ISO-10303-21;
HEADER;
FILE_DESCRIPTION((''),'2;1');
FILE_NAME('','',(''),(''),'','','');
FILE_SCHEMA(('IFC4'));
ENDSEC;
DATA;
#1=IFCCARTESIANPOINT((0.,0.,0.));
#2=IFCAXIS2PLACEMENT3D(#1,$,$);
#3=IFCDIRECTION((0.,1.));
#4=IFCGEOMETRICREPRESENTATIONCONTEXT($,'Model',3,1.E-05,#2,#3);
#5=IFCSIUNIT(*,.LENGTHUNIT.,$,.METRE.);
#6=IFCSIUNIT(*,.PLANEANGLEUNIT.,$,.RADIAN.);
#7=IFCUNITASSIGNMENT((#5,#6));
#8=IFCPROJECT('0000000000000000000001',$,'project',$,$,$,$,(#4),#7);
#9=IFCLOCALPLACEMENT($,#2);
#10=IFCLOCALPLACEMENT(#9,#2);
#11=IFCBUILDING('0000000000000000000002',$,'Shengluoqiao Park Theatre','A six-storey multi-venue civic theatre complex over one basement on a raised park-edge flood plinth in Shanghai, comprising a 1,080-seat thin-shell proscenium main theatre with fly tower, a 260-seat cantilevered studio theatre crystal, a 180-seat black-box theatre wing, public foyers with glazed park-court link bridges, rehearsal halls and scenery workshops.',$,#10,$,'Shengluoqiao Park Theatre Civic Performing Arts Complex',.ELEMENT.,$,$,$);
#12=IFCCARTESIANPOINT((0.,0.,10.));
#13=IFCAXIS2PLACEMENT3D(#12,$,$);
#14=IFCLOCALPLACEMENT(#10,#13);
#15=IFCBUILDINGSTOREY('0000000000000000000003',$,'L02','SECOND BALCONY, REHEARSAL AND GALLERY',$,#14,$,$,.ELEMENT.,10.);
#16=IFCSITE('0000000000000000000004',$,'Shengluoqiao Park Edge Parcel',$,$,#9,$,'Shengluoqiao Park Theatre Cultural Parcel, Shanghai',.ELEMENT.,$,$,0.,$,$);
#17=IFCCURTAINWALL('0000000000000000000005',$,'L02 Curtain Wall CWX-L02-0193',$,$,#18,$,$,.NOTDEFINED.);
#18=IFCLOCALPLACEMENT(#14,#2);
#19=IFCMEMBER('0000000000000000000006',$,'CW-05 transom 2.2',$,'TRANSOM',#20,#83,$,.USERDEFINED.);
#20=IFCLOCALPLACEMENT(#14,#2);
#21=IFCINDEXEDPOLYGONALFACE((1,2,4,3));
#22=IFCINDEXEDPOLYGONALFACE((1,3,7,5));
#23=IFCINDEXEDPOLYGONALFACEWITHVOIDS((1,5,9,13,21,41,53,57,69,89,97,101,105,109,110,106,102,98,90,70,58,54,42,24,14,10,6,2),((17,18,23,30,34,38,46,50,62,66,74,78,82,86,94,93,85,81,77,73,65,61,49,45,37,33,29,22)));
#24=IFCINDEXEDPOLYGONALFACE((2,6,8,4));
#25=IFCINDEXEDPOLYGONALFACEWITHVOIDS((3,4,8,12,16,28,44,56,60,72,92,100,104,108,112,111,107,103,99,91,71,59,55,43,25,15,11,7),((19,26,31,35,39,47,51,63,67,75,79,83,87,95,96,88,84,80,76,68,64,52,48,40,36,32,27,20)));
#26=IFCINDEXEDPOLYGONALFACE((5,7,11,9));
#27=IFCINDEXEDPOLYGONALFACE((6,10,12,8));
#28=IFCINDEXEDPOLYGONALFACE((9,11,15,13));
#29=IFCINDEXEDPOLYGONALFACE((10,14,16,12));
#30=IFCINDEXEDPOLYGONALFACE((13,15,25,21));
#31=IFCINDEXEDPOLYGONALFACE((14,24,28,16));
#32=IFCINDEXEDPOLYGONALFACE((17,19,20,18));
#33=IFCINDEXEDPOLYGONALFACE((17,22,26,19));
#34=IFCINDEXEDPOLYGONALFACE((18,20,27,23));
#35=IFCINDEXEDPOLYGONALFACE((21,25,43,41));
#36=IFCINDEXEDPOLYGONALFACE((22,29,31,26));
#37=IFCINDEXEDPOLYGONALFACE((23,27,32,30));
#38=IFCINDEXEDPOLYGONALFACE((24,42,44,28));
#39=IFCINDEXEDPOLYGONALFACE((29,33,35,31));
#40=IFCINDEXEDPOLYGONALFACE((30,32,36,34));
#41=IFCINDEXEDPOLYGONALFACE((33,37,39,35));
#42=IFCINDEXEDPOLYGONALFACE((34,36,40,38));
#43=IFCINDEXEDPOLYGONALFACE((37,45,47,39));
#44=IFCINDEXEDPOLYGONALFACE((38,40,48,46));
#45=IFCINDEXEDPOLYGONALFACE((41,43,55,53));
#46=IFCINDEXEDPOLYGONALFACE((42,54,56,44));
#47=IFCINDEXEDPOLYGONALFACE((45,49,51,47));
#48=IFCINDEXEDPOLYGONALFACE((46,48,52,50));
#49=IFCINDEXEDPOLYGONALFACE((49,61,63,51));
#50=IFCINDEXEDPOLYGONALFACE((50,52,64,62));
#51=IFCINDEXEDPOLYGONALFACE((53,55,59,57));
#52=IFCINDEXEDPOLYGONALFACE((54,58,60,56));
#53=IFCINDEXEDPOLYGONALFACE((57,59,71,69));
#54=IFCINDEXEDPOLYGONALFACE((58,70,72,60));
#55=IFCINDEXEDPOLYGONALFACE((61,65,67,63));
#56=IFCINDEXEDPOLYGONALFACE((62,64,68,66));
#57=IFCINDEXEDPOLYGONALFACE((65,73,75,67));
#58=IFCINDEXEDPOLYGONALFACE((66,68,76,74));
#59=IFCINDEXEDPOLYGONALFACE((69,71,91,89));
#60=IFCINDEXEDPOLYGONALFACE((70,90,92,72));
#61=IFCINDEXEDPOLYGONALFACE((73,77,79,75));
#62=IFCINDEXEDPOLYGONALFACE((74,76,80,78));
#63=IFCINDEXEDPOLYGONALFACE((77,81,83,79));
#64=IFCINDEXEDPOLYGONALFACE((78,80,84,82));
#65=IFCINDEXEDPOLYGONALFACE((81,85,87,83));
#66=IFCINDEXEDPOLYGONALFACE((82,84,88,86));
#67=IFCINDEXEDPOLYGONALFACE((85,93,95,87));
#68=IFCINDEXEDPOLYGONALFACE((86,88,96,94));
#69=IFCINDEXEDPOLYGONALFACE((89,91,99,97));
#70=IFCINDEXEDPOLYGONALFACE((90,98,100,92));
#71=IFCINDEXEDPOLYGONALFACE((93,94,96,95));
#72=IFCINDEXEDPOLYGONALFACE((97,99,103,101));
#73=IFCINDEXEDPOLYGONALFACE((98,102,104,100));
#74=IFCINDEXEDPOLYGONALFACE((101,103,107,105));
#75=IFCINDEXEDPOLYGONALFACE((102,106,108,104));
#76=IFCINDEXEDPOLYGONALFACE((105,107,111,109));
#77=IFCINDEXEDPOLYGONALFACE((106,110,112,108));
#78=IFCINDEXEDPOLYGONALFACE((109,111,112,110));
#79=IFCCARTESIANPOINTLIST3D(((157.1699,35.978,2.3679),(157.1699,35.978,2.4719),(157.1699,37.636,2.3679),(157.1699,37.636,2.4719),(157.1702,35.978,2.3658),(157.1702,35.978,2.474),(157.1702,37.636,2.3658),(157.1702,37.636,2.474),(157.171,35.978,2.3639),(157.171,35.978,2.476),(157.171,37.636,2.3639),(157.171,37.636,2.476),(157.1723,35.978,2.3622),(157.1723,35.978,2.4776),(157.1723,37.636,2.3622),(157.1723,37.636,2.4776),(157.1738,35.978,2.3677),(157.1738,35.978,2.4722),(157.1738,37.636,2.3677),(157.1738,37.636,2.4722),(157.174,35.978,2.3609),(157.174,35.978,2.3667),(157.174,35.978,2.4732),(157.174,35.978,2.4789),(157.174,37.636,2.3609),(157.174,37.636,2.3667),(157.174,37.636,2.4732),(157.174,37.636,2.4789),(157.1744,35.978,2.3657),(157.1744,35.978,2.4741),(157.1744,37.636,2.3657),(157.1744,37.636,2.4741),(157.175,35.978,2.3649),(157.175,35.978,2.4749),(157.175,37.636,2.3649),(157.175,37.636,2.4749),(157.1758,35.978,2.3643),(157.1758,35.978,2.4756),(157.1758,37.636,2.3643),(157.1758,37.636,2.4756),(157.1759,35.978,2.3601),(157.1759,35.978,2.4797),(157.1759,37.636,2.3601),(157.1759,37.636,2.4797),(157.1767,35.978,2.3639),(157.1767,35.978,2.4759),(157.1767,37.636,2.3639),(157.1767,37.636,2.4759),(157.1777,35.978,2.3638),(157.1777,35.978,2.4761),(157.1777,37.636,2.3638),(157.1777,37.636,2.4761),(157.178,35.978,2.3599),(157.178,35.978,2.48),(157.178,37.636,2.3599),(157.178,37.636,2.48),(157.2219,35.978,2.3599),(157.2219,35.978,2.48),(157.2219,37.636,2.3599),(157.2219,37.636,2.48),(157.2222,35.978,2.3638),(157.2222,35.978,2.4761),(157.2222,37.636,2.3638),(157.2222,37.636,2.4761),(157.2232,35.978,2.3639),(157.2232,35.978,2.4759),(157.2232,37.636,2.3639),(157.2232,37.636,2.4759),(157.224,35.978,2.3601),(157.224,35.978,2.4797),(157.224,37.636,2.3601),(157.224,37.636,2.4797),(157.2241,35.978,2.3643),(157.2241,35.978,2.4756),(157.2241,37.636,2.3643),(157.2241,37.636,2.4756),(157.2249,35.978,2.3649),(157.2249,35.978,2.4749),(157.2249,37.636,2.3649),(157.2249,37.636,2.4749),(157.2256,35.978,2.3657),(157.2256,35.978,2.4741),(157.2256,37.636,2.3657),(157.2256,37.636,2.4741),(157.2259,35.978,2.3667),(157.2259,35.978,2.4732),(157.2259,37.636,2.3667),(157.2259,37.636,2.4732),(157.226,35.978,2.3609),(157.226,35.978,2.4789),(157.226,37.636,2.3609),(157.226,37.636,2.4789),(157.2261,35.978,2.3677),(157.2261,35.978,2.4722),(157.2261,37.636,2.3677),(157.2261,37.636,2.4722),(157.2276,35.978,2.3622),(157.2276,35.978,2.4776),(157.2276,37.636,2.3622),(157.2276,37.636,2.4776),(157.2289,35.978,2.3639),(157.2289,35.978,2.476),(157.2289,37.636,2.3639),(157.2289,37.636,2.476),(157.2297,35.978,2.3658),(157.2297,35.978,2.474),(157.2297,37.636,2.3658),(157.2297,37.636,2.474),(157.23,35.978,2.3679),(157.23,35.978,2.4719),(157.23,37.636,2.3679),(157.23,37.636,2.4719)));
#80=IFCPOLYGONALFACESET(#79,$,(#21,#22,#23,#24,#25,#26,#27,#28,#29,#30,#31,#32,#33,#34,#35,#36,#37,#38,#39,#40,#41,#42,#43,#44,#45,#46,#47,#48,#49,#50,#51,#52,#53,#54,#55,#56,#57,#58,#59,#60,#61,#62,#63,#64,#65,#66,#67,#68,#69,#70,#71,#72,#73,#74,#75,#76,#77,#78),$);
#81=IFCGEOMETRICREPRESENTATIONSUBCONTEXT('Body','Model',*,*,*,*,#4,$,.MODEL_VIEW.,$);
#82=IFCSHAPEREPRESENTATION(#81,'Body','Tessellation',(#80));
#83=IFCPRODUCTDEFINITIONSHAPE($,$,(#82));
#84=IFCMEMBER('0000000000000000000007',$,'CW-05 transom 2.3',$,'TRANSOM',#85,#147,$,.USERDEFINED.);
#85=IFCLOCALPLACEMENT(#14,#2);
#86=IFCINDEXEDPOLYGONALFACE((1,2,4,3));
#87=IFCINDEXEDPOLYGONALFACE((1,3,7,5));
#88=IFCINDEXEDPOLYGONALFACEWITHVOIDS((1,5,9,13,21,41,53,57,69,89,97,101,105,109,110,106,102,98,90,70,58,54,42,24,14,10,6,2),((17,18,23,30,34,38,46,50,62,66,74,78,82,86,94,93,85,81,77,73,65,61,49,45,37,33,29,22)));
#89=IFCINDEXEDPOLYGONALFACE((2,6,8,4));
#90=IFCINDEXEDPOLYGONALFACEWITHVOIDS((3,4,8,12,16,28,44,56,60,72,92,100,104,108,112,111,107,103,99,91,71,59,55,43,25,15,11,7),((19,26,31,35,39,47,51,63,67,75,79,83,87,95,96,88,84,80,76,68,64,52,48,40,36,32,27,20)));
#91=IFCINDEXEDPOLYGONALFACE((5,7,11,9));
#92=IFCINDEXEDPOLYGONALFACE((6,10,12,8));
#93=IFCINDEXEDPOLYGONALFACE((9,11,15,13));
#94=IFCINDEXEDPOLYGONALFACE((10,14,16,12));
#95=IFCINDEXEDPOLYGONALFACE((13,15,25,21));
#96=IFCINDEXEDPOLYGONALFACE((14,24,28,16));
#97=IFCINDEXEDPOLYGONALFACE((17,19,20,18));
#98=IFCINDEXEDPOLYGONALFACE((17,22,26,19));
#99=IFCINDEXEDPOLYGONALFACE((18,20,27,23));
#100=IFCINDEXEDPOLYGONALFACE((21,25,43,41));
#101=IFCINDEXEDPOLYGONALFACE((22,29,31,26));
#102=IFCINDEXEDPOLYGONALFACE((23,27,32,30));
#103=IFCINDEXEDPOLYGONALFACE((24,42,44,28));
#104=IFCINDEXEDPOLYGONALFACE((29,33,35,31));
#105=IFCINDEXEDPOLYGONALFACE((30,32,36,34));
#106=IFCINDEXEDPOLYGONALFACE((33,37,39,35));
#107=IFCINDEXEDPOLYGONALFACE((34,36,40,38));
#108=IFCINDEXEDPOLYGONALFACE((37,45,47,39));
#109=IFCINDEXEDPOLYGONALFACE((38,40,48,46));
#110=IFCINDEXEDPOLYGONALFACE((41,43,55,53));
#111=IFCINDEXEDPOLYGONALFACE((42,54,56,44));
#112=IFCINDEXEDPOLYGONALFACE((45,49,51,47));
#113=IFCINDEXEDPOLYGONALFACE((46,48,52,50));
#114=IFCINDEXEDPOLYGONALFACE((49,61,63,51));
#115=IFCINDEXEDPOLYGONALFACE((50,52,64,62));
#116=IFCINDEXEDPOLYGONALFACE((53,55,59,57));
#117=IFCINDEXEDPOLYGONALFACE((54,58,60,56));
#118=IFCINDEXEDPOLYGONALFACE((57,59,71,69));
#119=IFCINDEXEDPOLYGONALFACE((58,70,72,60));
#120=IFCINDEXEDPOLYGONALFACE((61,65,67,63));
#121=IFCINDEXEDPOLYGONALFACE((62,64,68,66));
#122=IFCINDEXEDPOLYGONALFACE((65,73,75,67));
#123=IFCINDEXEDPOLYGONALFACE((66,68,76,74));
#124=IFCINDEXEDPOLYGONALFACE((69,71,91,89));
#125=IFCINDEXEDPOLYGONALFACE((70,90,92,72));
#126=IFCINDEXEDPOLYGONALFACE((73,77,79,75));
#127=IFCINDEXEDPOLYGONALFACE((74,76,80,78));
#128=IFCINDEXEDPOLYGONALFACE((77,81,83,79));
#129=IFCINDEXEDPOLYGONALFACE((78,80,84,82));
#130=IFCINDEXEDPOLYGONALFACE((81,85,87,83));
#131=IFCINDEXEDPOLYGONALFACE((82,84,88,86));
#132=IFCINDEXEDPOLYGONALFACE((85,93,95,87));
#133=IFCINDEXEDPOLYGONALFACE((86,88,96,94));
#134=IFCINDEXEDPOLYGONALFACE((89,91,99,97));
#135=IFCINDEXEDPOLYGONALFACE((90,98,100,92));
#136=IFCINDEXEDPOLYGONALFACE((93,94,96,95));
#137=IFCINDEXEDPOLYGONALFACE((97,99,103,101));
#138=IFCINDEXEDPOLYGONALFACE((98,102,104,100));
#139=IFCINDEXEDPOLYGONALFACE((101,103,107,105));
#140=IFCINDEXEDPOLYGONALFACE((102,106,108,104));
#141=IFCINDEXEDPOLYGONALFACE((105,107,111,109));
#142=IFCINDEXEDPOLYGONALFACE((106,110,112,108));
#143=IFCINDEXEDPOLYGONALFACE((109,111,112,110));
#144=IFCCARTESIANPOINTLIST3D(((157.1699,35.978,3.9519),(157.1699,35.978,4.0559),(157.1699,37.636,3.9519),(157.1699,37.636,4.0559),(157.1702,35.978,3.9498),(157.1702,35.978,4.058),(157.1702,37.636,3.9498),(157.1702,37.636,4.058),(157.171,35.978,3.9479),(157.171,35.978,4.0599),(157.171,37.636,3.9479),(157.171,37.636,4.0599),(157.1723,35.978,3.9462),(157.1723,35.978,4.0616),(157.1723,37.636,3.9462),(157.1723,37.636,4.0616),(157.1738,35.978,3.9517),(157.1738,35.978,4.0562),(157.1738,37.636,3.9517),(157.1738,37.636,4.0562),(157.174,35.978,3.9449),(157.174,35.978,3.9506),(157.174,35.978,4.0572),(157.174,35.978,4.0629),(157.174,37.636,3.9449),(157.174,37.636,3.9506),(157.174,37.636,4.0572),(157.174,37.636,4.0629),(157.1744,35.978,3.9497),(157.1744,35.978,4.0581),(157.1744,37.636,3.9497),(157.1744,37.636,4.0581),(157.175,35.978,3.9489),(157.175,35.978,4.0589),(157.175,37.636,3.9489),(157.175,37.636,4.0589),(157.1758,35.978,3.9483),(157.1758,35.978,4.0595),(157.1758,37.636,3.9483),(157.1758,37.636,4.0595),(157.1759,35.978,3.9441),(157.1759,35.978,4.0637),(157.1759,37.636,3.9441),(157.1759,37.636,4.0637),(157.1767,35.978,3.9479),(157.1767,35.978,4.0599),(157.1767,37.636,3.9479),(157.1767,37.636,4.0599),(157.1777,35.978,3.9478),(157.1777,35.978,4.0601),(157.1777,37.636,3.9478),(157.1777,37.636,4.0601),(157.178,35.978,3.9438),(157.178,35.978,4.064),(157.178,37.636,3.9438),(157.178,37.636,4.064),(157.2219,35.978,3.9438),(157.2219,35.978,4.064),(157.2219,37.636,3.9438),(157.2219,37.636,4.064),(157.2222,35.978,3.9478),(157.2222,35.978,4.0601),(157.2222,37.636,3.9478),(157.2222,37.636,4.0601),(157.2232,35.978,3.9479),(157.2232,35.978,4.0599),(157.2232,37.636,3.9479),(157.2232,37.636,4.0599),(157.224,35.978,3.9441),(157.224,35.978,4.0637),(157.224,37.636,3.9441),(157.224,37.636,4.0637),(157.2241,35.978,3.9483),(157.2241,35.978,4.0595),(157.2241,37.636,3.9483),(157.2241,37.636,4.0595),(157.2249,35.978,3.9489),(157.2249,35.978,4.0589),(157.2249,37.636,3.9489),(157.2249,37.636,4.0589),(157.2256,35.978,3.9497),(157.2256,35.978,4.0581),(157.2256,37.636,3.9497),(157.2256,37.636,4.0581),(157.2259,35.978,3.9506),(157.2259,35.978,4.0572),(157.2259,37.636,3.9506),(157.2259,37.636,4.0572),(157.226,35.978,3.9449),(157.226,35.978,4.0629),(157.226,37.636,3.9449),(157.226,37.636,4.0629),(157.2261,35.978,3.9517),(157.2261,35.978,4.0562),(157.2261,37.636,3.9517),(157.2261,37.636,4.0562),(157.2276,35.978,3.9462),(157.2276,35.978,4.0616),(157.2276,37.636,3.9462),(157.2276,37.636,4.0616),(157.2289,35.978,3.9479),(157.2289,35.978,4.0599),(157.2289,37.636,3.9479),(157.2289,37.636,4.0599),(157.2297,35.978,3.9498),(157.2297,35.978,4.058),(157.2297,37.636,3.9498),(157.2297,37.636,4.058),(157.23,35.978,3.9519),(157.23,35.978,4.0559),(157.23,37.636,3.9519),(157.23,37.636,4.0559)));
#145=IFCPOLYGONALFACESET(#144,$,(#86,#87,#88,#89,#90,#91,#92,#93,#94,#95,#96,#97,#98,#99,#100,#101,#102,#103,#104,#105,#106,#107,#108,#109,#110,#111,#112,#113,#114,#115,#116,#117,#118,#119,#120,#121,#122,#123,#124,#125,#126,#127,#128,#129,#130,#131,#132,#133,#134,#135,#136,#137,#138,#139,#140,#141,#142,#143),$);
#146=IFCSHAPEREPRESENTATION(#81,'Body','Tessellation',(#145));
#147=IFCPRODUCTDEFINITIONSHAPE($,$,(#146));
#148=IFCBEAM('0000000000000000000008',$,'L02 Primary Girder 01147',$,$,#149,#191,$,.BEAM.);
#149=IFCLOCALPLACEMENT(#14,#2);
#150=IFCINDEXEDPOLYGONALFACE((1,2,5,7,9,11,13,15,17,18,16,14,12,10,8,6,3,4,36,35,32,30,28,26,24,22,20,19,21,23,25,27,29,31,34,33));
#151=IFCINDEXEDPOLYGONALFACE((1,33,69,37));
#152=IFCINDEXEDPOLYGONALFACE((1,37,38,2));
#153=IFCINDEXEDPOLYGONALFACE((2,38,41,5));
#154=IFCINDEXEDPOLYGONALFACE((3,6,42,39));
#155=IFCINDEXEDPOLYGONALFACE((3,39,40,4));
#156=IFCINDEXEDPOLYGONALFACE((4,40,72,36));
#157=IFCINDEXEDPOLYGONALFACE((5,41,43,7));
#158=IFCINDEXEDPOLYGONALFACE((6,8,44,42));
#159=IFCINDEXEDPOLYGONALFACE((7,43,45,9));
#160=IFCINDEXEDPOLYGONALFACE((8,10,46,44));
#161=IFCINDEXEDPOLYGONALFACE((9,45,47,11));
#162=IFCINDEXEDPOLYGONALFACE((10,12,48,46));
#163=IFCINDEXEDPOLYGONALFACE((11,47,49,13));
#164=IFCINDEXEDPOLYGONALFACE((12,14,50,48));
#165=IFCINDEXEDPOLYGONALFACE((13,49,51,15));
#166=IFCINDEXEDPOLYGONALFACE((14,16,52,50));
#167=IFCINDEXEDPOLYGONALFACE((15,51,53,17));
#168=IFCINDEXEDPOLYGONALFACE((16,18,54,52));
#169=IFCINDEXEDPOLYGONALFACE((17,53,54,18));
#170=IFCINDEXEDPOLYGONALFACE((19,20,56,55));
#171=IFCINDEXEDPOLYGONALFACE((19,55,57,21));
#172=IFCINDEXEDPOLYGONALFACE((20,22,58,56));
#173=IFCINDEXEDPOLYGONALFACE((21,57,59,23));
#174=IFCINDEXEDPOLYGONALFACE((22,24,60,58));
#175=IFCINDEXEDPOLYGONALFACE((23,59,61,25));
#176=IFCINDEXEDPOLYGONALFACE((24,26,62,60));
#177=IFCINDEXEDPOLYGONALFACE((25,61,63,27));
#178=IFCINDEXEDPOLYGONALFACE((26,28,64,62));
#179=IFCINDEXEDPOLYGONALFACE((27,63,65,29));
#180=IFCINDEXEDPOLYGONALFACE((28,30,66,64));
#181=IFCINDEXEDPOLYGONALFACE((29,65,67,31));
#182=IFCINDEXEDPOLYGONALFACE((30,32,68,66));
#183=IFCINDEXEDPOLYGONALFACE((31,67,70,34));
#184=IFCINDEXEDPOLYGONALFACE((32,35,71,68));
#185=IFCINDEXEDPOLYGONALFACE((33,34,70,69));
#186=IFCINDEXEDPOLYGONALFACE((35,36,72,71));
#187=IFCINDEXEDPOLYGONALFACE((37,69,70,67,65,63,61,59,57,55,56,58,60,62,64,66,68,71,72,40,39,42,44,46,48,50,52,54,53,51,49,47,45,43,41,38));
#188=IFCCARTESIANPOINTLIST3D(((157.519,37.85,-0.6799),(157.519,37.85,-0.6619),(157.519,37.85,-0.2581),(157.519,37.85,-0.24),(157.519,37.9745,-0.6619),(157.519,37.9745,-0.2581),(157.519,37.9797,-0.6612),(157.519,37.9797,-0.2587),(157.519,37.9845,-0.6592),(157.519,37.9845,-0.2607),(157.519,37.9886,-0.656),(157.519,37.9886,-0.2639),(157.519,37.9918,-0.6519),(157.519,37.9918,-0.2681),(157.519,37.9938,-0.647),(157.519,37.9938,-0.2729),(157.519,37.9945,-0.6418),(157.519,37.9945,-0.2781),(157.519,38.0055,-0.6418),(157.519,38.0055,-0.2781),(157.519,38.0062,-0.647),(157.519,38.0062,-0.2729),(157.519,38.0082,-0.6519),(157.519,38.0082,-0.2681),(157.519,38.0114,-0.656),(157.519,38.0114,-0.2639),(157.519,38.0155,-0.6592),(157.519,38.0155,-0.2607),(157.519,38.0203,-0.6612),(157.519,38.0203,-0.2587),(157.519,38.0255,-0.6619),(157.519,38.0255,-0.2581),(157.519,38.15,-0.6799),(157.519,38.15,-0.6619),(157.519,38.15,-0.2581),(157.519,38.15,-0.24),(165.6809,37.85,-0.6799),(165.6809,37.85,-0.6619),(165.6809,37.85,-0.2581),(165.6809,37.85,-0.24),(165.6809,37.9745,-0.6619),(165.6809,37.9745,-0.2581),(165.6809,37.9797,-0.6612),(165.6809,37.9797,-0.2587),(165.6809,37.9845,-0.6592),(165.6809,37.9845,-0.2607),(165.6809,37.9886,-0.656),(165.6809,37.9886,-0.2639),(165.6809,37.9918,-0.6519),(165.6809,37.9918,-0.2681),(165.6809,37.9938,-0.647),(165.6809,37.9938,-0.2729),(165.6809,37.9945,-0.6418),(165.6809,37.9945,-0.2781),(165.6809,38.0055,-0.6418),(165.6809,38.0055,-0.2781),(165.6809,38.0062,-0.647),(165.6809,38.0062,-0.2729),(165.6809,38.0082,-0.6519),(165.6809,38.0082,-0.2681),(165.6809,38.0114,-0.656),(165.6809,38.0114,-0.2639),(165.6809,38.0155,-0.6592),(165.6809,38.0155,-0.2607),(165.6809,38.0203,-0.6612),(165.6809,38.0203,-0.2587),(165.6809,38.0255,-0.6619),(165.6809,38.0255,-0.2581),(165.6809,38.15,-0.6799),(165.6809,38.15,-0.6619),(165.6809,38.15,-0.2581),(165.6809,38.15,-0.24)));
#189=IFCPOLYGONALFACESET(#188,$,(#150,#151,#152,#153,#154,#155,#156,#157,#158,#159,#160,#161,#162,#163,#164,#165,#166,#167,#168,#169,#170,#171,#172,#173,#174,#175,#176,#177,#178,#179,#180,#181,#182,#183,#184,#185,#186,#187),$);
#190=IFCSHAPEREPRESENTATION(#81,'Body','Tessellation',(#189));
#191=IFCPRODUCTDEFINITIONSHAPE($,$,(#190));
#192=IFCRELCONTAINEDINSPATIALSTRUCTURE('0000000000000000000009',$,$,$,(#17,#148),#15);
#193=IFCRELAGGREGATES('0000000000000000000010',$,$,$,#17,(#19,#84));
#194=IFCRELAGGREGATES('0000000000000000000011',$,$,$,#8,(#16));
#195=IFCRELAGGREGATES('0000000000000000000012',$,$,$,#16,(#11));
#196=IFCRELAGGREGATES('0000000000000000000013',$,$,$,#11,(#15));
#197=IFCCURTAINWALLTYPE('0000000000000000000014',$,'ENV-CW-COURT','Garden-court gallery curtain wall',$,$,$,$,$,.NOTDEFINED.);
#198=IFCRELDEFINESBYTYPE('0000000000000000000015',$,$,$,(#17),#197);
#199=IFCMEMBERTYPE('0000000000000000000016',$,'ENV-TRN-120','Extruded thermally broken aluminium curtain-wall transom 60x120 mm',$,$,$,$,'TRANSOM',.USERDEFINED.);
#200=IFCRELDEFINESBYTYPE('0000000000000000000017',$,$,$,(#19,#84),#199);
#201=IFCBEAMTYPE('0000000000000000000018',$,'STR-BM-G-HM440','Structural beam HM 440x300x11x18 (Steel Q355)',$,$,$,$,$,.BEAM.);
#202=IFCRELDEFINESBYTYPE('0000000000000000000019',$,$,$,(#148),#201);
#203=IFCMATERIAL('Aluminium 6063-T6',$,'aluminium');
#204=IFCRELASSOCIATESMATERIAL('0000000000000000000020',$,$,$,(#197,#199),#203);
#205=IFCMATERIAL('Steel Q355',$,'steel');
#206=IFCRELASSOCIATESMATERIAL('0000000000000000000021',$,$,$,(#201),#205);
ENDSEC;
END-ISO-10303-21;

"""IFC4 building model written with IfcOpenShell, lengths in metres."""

from ifc_helpers import new_model, si_unit, direction, frame, origin, origin_2d, place, context, subcontext, project, spatial, hollow_rectangle, i_section, extrude, material, material_profile, profile_set, type_object, element, aggregate, save


model = new_model("IFC4")

# Units and contexts
model_context = context("Model", 3, precision=1e-05, world=origin(), true_north=direction((0.0, 1.0)))
body_context = subcontext(model_context, "Body", "Model", "MODEL_VIEW")
ifc_project = project(units=[si_unit("LENGTHUNIT", "METRE"), si_unit("PLANEANGLEUNIT", "RADIAN")], contexts=[model_context])

# Site, building, storey
site_placement = place(None, origin())
site = spatial("IfcSite", under=ifc_project, at=site_placement, Name="Shengluoqiao Park Edge Parcel", LongName="Shengluoqiao Park Theatre Cultural Parcel, Shanghai", CompositionType="ELEMENT", RefElevation=0.0)
building_placement = place(site_placement, origin())
building = spatial("IfcBuilding", under=site, at=building_placement, Name="Shengluoqiao Park Theatre", Description="A six-storey multi-venue civic theatre complex over one basement on a raised park-edge flood plinth in Shanghai, comprising a 1,080-seat thin-shell proscenium main theatre with fly tower, a 260-seat cantilevered studio theatre crystal, a 180-seat black-box theatre wing, public foyers with glazed park-court link bridges, rehearsal halls and scenery workshops.", LongName="Shengluoqiao Park Theatre Civic Performing Arts Complex", CompositionType="ELEMENT")
storey_placement = place(building_placement, frame((0.0, 0.0, 10.0)))
storey = spatial("IfcBuildingStorey", under=building, at=storey_placement, Name="L02", Description="SECOND BALCONY, REHEARSAL AND GALLERY", CompositionType="ELEMENT", Elevation=10.0)

# Curtain wall
ifc_material_1 = material(Name="Aluminium 6063-T6", Category="aluminium")
curtain_wall_type = type_object("IfcCurtainWallType", Name="ENV-CW-COURT", Description="Garden-court gallery curtain wall", PredefinedType="NOTDEFINED", material=ifc_material_1)
curtain_wall_1_placement = place(storey_placement, origin())
curtain_wall_1 = element("IfcCurtainWall", 1, at=curtain_wall_1_placement, inside=storey, type_object=curtain_wall_type, Name="L02 Curtain Wall CWX-L02-0193", PredefinedType="NOTDEFINED")

# Members
ifc_material_profile_1 = material_profile(ifc_material_1, hollow_rectangle(XDim=0.0601, YDim=0.1201, WallThickness=0.0039, InnerFilletRadius=0.0039, OuterFilletRadius=0.0081, at=origin_2d()), Name="ALU TRANSOM 120x60x4")
ifc_profile_set_1 = profile_set([ifc_material_profile_1], Name="Aluminium 6063-T6")
member_type_1 = type_object("IfcMemberType", Name="ENV-TRN-120", Description="Extruded thermally broken aluminium curtain-wall transom 60x120 mm", ElementType="TRANSOM", PredefinedType="USERDEFINED", material=ifc_profile_set_1)
member_1_placement = place(storey_placement, frame((157.2, 35.978, 2.4199), z_axis=(0.0, 1.0, 0.0), x_axis=(-1.0, 0.0, 0.0)))
member_1 = element("IfcMember", 2, at=member_1_placement, type_object=member_type_1, Name="CW-05 transom 2.2", ObjectType="TRANSOM", PredefinedType="USERDEFINED", context=body_context, shape_type="SweptSolid", body=[
    extrude(hollow_rectangle(XDim=0.0601, YDim=0.1201, WallThickness=0.0039, InnerFilletRadius=0.0039, OuterFilletRadius=0.0081, at=origin_2d()), origin(), (0.0, 0.0, 1.0), 1.658),
])
member_2_placement = place(storey_placement, frame((157.2, 35.978, 4.0039), z_axis=(0.0, 1.0, 0.0), x_axis=(-1.0, 0.0, 0.0)))
member_2 = element("IfcMember", 3, at=member_2_placement, type_object=member_type_1, Name="CW-05 transom 2.3", ObjectType="TRANSOM", PredefinedType="USERDEFINED", context=body_context, shape_type="SweptSolid", body=[
    extrude(hollow_rectangle(XDim=0.0601, YDim=0.1201, WallThickness=0.0039, InnerFilletRadius=0.0039, OuterFilletRadius=0.0081, at=origin_2d()), origin(), (0.0, 0.0, 1.0), 1.658),
])

# Beam
ifc_material_2 = material(Name="Steel Q355", Category="steel")
ifc_material_profile_2 = material_profile(ifc_material_2, i_section(OverallWidth=0.3, OverallDepth=0.4399, WebThickness=0.011, FlangeThickness=0.0181, FilletRadius=0.02, at=origin_2d()), Name="HM 440x300x11x18")
ifc_profile_set_2 = profile_set([ifc_material_profile_2], Name="Steel Q355")
beam_type = type_object("IfcBeamType", Name="STR-BM-G-HM440", Description="Structural beam HM 440x300x11x18 (Steel Q355)", PredefinedType="BEAM", material=ifc_profile_set_2)
beam_placement = place(storey_placement, frame((157.519, 38.0, -0.46), z_axis=(1.0, 0.0, 0.0), x_axis=(0.0, 1.0, 0.0)))
element("IfcBeam", 4, at=beam_placement, inside=storey, type_object=beam_type, Name="L02 Primary Girder 01147", PredefinedType="BEAM", context=body_context, shape_type="SweptSolid", body=[
    extrude(i_section(OverallWidth=0.3, OverallDepth=0.4399, WebThickness=0.011, FlangeThickness=0.0181, FilletRadius=0.02, at=origin_2d()), origin(), (0.0, 0.0, 1.0), 8.1619),
])

aggregate(curtain_wall_1, [member_1, member_2])

save(model, "model.ifc")
